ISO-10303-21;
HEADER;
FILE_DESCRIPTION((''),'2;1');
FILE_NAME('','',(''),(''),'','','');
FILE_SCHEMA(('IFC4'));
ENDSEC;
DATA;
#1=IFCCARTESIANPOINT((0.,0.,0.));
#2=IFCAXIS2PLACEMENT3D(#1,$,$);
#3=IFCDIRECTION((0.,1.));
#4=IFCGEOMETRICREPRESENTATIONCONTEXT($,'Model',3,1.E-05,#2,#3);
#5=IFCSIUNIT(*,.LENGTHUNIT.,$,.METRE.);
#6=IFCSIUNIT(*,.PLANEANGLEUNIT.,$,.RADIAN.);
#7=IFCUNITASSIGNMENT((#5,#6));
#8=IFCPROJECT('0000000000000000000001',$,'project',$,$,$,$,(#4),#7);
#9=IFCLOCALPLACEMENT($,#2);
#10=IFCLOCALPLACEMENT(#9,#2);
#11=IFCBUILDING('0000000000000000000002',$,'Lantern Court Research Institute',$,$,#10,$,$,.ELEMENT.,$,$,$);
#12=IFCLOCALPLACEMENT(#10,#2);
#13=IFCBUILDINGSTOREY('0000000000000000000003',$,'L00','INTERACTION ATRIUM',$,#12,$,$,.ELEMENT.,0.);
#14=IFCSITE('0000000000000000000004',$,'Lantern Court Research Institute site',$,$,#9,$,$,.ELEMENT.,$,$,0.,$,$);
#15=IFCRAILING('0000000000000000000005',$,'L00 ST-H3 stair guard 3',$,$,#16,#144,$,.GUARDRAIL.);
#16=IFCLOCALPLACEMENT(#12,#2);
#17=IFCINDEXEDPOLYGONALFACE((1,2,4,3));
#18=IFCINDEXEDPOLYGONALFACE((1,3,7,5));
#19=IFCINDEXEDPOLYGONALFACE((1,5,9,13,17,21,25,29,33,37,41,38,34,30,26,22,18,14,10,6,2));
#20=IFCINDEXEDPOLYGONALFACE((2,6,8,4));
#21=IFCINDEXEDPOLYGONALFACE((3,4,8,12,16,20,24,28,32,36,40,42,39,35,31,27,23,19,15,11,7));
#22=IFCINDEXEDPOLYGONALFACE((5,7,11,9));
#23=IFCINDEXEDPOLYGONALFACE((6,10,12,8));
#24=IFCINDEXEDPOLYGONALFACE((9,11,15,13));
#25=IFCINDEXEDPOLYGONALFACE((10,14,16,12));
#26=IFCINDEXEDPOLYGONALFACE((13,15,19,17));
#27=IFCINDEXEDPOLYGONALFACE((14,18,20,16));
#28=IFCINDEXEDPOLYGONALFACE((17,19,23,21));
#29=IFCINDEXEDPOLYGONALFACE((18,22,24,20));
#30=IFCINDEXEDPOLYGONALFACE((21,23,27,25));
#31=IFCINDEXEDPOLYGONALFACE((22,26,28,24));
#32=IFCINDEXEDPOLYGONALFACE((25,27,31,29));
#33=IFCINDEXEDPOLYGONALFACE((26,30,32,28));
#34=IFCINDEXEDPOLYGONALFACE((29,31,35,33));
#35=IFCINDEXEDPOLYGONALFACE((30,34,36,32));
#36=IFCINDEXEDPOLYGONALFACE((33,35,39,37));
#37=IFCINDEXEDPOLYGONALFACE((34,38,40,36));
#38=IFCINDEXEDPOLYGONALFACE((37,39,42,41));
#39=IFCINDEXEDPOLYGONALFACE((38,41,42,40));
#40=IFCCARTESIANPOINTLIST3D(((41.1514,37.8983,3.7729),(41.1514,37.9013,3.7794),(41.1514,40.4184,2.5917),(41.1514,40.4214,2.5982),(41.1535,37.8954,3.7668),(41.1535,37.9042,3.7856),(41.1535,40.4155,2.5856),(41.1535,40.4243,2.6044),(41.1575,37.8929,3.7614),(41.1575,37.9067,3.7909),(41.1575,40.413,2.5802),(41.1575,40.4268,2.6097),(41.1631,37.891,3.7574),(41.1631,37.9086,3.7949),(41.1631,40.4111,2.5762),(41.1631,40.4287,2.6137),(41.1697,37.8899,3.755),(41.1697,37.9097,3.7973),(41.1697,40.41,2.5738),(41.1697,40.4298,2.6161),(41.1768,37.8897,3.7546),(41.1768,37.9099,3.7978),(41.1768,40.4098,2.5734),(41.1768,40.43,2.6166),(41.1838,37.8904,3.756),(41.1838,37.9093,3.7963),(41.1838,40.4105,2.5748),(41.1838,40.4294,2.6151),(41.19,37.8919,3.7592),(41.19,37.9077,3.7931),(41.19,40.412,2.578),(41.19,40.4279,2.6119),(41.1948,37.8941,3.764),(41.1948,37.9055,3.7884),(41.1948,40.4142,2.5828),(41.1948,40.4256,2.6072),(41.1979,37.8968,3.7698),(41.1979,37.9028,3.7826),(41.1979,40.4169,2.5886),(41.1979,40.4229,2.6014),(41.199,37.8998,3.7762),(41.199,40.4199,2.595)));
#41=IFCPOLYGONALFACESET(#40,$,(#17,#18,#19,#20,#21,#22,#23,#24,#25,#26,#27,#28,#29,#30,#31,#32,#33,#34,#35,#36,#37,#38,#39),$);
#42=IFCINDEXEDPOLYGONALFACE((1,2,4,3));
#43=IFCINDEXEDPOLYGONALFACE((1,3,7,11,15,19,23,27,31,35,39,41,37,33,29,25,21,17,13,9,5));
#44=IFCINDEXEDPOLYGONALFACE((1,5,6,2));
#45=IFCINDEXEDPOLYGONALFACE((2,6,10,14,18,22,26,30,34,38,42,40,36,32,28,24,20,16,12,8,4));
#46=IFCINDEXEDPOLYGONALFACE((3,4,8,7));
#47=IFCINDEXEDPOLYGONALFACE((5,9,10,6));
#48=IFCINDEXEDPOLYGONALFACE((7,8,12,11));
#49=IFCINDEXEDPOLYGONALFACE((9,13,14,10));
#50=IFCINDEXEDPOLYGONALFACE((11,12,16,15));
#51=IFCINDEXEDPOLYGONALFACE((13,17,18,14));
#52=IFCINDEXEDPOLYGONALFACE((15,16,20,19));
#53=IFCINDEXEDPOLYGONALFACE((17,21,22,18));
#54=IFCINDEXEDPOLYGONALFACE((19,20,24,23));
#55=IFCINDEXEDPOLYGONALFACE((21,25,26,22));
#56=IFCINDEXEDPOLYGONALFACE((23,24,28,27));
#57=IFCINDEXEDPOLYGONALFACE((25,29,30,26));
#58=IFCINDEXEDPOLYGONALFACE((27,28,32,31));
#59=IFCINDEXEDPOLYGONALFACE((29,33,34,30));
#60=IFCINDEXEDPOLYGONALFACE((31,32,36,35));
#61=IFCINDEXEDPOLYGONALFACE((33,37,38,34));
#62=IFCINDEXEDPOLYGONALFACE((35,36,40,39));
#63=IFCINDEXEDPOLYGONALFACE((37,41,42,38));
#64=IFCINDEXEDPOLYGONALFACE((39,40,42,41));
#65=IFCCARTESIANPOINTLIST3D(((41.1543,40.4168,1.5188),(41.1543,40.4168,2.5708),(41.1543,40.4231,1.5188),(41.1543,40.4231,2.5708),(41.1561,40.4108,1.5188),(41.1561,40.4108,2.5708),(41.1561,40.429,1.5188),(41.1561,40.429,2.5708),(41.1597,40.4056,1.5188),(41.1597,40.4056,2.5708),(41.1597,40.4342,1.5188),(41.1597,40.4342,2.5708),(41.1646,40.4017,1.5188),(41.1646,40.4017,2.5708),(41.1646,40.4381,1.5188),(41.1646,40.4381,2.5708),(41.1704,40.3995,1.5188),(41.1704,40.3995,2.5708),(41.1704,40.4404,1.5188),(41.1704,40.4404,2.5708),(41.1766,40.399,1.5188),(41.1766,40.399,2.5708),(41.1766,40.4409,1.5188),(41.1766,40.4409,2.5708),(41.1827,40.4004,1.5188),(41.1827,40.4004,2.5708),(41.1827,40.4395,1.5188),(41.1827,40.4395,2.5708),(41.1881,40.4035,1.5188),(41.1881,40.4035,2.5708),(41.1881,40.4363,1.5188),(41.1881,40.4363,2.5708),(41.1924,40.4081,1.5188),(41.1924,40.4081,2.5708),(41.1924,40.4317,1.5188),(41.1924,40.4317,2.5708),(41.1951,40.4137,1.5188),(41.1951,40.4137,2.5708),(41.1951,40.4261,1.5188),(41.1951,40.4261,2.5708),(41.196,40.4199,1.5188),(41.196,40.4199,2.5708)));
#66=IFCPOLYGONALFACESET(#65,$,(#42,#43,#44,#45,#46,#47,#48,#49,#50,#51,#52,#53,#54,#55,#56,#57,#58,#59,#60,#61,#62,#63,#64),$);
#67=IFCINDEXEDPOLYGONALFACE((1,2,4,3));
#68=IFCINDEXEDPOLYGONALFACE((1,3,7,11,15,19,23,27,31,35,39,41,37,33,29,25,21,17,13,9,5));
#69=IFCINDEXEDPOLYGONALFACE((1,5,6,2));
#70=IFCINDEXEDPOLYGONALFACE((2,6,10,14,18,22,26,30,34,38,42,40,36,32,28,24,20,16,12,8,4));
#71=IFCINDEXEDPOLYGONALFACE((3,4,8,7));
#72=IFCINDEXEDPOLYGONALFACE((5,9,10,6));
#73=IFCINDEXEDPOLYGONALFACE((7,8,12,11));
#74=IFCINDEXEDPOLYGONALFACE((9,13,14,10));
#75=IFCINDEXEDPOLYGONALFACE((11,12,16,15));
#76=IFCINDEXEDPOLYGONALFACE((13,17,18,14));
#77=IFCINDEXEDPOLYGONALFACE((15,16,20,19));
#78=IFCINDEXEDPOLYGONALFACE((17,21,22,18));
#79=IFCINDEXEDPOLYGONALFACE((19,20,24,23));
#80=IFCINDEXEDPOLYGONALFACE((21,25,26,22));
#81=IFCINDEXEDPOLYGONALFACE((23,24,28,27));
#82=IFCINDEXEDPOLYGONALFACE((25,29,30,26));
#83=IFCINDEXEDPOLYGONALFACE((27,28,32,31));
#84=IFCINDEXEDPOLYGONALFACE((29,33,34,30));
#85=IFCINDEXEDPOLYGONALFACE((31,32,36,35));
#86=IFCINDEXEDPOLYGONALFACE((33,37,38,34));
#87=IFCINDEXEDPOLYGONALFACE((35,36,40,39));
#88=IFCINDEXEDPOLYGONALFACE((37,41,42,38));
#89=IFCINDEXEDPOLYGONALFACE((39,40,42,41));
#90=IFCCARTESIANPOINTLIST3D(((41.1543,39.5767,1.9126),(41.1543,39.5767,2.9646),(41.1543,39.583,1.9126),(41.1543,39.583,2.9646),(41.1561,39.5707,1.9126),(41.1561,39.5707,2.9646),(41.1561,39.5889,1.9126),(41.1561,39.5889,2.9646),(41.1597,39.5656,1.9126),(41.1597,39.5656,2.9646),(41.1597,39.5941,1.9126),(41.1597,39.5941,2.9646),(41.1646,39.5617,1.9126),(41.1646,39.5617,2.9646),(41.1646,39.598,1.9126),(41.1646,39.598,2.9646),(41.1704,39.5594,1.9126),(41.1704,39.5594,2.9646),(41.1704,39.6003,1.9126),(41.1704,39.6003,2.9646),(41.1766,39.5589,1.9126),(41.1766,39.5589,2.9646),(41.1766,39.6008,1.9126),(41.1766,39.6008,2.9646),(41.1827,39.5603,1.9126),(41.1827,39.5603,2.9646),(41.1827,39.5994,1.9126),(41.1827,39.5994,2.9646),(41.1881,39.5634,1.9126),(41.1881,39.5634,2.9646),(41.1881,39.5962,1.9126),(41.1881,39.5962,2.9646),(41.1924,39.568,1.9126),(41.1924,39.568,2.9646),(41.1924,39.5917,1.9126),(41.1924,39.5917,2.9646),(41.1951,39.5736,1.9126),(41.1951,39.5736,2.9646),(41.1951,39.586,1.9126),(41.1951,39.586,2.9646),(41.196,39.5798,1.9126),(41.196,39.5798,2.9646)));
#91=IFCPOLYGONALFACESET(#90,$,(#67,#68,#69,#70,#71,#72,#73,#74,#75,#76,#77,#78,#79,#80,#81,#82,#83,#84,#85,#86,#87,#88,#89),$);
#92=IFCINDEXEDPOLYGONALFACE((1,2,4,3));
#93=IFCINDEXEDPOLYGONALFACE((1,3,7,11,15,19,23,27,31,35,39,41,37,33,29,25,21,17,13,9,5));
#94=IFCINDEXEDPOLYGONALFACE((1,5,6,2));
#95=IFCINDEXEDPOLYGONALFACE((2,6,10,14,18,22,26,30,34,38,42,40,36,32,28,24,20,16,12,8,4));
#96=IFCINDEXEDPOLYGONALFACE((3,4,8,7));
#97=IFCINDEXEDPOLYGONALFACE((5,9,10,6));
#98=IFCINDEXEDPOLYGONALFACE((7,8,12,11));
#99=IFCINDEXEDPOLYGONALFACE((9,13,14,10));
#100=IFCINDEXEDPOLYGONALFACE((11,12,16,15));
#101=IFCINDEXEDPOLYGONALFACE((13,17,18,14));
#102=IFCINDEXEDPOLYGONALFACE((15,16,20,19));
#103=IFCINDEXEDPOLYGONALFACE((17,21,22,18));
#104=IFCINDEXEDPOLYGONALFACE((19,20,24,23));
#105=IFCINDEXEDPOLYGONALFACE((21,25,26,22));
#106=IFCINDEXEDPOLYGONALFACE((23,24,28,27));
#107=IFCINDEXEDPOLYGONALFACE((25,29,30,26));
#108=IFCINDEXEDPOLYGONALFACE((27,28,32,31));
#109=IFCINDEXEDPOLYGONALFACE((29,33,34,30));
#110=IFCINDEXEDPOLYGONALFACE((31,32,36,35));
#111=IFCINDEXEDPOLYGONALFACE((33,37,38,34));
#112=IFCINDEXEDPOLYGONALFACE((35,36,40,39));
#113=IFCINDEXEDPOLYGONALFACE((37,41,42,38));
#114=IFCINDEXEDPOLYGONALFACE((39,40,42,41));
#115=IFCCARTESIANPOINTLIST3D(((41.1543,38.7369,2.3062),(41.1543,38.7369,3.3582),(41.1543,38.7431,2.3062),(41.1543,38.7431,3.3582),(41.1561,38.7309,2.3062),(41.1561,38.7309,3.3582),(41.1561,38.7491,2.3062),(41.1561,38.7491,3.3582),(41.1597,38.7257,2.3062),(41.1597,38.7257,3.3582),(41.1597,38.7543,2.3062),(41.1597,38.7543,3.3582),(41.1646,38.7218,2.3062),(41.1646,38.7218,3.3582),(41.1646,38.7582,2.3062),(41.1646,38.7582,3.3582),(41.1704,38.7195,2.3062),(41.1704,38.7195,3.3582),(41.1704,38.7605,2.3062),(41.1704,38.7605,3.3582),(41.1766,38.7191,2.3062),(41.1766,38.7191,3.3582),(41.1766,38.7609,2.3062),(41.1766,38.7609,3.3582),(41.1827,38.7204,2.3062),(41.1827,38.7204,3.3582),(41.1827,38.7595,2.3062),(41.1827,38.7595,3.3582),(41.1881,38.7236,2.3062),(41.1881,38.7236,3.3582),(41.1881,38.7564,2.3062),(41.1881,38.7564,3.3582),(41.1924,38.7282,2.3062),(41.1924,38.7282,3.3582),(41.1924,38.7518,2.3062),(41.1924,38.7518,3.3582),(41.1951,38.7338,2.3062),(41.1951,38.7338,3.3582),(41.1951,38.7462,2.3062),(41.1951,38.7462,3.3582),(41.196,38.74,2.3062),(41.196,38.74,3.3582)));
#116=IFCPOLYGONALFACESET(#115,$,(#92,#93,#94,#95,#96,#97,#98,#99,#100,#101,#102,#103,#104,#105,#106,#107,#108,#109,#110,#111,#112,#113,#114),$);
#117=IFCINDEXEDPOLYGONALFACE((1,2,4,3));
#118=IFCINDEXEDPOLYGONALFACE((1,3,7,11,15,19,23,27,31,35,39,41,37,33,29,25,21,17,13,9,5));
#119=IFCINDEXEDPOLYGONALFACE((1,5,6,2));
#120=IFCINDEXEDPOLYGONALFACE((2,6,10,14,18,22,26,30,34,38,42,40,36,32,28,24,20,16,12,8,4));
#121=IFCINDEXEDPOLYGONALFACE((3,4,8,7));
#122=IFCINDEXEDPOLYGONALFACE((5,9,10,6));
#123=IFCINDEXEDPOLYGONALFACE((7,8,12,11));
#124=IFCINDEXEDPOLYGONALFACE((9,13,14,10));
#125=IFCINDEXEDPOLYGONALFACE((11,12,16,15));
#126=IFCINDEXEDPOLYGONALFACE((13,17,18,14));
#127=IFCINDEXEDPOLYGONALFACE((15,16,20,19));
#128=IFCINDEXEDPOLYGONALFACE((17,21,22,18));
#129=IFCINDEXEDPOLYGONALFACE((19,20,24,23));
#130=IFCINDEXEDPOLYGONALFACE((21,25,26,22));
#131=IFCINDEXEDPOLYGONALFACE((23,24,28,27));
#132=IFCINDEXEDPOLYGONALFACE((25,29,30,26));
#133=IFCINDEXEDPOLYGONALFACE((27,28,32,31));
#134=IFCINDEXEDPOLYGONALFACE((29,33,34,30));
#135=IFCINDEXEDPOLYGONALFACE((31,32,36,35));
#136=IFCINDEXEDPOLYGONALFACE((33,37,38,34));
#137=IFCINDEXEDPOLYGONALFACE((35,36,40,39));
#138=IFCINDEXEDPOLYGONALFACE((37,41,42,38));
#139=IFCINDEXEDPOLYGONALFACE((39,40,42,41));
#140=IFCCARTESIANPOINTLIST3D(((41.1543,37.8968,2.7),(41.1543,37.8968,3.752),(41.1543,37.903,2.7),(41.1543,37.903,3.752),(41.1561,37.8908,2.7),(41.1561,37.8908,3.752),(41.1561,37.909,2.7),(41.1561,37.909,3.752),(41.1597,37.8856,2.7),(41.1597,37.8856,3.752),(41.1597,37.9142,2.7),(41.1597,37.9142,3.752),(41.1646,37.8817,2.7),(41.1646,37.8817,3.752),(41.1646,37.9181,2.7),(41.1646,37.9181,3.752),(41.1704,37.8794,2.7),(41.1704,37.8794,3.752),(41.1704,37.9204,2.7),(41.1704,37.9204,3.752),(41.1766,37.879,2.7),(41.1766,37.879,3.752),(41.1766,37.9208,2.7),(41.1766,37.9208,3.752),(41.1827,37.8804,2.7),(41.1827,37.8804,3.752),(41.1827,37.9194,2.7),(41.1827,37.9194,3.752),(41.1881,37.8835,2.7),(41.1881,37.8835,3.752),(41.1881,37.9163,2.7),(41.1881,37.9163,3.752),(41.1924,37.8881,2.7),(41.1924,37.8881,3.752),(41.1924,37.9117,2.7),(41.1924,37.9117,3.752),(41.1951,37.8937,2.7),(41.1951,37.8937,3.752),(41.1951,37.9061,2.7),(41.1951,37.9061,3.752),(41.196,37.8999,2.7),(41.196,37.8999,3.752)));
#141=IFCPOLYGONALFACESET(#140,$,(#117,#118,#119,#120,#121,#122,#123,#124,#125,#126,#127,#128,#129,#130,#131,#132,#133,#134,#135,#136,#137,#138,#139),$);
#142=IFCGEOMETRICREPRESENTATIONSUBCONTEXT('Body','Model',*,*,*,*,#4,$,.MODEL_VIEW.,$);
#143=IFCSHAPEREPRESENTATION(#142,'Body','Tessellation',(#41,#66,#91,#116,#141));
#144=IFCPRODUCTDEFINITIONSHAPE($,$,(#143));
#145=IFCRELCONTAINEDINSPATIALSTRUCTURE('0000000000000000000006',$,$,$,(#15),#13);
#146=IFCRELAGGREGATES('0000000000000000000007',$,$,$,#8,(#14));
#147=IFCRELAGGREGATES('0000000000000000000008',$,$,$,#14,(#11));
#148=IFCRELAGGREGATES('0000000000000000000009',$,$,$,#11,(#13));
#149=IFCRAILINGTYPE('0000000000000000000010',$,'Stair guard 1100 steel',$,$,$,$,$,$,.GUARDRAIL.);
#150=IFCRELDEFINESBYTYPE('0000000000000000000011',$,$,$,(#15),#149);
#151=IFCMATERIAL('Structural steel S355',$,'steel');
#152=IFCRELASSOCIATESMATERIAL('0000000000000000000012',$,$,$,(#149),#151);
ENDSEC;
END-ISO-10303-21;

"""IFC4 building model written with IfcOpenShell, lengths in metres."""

from ifc_helpers import new_model, si_unit, direction, frame, origin, origin_2d, place, context, subcontext, project, spatial, circle, extrude, material, type_object, element, save


model = new_model("IFC4")

# Units and contexts
model_context = context("Model", 3, precision=1e-05, world=origin(), true_north=direction((0.0, 1.0)))
body_context = subcontext(model_context, "Body", "Model", "MODEL_VIEW")
ifc_project = project(units=[si_unit("LENGTHUNIT", "METRE"), si_unit("PLANEANGLEUNIT", "RADIAN")], contexts=[model_context])

# Site, building, storey
site_placement = place(None, origin())
site = spatial("IfcSite", under=ifc_project, at=site_placement, Name="Lantern Court Research Institute site", CompositionType="ELEMENT", RefElevation=0.0)
building_placement = place(site_placement, origin())
building = spatial("IfcBuilding", under=site, at=building_placement, Name="Lantern Court Research Institute", CompositionType="ELEMENT")
storey_placement = place(building_placement, origin())
storey = spatial("IfcBuildingStorey", under=building, at=storey_placement, Name="L00", Description="INTERACTION ATRIUM", CompositionType="ELEMENT", Elevation=0.0)

# Railing
ifc_material_1 = material(Name="Structural steel S355", Category="steel")
railing_type_1 = type_object("IfcRailingType", Name="Stair guard 1100 steel", PredefinedType="GUARDRAIL", material=ifc_material_1)
railing_1_placement = place(storey_placement, frame((41.175, 40.4199, 1.5188)))
element("IfcRailing", 1, at=railing_1_placement, inside=storey, type_object=railing_type_1, Name="L00 ST-H3 stair guard 3", PredefinedType="GUARDRAIL", context=body_context, shape_type="SweptSolid", body=[
    extrude(circle(Radius=0.0239, at=origin_2d()), frame((0.0, 0.0, 1.0762), z_axis=(0.0, -0.905474, 0.424402), x_axis=(1.0, 0.0, 0.0)), (0.0, 0.0, 1.0), 2.7832),
    extrude(circle(Radius=0.021, at=origin_2d()), origin(), (0.0, 0.0, 1.0), 1.052),
    extrude(circle(Radius=0.021, at=origin_2d()), frame((0.0, -0.8401, 0.3938)), (0.0, 0.0, 1.0), 1.052),
    extrude(circle(Radius=0.021, at=origin_2d()), frame((0.0, -1.6799, 0.7874)), (0.0, 0.0, 1.0), 1.052),
    extrude(circle(Radius=0.021, at=origin_2d()), frame((0.0, -2.52, 1.1812)), (0.0, 0.0, 1.0), 1.052),
])

save(model, "model.ifc")
